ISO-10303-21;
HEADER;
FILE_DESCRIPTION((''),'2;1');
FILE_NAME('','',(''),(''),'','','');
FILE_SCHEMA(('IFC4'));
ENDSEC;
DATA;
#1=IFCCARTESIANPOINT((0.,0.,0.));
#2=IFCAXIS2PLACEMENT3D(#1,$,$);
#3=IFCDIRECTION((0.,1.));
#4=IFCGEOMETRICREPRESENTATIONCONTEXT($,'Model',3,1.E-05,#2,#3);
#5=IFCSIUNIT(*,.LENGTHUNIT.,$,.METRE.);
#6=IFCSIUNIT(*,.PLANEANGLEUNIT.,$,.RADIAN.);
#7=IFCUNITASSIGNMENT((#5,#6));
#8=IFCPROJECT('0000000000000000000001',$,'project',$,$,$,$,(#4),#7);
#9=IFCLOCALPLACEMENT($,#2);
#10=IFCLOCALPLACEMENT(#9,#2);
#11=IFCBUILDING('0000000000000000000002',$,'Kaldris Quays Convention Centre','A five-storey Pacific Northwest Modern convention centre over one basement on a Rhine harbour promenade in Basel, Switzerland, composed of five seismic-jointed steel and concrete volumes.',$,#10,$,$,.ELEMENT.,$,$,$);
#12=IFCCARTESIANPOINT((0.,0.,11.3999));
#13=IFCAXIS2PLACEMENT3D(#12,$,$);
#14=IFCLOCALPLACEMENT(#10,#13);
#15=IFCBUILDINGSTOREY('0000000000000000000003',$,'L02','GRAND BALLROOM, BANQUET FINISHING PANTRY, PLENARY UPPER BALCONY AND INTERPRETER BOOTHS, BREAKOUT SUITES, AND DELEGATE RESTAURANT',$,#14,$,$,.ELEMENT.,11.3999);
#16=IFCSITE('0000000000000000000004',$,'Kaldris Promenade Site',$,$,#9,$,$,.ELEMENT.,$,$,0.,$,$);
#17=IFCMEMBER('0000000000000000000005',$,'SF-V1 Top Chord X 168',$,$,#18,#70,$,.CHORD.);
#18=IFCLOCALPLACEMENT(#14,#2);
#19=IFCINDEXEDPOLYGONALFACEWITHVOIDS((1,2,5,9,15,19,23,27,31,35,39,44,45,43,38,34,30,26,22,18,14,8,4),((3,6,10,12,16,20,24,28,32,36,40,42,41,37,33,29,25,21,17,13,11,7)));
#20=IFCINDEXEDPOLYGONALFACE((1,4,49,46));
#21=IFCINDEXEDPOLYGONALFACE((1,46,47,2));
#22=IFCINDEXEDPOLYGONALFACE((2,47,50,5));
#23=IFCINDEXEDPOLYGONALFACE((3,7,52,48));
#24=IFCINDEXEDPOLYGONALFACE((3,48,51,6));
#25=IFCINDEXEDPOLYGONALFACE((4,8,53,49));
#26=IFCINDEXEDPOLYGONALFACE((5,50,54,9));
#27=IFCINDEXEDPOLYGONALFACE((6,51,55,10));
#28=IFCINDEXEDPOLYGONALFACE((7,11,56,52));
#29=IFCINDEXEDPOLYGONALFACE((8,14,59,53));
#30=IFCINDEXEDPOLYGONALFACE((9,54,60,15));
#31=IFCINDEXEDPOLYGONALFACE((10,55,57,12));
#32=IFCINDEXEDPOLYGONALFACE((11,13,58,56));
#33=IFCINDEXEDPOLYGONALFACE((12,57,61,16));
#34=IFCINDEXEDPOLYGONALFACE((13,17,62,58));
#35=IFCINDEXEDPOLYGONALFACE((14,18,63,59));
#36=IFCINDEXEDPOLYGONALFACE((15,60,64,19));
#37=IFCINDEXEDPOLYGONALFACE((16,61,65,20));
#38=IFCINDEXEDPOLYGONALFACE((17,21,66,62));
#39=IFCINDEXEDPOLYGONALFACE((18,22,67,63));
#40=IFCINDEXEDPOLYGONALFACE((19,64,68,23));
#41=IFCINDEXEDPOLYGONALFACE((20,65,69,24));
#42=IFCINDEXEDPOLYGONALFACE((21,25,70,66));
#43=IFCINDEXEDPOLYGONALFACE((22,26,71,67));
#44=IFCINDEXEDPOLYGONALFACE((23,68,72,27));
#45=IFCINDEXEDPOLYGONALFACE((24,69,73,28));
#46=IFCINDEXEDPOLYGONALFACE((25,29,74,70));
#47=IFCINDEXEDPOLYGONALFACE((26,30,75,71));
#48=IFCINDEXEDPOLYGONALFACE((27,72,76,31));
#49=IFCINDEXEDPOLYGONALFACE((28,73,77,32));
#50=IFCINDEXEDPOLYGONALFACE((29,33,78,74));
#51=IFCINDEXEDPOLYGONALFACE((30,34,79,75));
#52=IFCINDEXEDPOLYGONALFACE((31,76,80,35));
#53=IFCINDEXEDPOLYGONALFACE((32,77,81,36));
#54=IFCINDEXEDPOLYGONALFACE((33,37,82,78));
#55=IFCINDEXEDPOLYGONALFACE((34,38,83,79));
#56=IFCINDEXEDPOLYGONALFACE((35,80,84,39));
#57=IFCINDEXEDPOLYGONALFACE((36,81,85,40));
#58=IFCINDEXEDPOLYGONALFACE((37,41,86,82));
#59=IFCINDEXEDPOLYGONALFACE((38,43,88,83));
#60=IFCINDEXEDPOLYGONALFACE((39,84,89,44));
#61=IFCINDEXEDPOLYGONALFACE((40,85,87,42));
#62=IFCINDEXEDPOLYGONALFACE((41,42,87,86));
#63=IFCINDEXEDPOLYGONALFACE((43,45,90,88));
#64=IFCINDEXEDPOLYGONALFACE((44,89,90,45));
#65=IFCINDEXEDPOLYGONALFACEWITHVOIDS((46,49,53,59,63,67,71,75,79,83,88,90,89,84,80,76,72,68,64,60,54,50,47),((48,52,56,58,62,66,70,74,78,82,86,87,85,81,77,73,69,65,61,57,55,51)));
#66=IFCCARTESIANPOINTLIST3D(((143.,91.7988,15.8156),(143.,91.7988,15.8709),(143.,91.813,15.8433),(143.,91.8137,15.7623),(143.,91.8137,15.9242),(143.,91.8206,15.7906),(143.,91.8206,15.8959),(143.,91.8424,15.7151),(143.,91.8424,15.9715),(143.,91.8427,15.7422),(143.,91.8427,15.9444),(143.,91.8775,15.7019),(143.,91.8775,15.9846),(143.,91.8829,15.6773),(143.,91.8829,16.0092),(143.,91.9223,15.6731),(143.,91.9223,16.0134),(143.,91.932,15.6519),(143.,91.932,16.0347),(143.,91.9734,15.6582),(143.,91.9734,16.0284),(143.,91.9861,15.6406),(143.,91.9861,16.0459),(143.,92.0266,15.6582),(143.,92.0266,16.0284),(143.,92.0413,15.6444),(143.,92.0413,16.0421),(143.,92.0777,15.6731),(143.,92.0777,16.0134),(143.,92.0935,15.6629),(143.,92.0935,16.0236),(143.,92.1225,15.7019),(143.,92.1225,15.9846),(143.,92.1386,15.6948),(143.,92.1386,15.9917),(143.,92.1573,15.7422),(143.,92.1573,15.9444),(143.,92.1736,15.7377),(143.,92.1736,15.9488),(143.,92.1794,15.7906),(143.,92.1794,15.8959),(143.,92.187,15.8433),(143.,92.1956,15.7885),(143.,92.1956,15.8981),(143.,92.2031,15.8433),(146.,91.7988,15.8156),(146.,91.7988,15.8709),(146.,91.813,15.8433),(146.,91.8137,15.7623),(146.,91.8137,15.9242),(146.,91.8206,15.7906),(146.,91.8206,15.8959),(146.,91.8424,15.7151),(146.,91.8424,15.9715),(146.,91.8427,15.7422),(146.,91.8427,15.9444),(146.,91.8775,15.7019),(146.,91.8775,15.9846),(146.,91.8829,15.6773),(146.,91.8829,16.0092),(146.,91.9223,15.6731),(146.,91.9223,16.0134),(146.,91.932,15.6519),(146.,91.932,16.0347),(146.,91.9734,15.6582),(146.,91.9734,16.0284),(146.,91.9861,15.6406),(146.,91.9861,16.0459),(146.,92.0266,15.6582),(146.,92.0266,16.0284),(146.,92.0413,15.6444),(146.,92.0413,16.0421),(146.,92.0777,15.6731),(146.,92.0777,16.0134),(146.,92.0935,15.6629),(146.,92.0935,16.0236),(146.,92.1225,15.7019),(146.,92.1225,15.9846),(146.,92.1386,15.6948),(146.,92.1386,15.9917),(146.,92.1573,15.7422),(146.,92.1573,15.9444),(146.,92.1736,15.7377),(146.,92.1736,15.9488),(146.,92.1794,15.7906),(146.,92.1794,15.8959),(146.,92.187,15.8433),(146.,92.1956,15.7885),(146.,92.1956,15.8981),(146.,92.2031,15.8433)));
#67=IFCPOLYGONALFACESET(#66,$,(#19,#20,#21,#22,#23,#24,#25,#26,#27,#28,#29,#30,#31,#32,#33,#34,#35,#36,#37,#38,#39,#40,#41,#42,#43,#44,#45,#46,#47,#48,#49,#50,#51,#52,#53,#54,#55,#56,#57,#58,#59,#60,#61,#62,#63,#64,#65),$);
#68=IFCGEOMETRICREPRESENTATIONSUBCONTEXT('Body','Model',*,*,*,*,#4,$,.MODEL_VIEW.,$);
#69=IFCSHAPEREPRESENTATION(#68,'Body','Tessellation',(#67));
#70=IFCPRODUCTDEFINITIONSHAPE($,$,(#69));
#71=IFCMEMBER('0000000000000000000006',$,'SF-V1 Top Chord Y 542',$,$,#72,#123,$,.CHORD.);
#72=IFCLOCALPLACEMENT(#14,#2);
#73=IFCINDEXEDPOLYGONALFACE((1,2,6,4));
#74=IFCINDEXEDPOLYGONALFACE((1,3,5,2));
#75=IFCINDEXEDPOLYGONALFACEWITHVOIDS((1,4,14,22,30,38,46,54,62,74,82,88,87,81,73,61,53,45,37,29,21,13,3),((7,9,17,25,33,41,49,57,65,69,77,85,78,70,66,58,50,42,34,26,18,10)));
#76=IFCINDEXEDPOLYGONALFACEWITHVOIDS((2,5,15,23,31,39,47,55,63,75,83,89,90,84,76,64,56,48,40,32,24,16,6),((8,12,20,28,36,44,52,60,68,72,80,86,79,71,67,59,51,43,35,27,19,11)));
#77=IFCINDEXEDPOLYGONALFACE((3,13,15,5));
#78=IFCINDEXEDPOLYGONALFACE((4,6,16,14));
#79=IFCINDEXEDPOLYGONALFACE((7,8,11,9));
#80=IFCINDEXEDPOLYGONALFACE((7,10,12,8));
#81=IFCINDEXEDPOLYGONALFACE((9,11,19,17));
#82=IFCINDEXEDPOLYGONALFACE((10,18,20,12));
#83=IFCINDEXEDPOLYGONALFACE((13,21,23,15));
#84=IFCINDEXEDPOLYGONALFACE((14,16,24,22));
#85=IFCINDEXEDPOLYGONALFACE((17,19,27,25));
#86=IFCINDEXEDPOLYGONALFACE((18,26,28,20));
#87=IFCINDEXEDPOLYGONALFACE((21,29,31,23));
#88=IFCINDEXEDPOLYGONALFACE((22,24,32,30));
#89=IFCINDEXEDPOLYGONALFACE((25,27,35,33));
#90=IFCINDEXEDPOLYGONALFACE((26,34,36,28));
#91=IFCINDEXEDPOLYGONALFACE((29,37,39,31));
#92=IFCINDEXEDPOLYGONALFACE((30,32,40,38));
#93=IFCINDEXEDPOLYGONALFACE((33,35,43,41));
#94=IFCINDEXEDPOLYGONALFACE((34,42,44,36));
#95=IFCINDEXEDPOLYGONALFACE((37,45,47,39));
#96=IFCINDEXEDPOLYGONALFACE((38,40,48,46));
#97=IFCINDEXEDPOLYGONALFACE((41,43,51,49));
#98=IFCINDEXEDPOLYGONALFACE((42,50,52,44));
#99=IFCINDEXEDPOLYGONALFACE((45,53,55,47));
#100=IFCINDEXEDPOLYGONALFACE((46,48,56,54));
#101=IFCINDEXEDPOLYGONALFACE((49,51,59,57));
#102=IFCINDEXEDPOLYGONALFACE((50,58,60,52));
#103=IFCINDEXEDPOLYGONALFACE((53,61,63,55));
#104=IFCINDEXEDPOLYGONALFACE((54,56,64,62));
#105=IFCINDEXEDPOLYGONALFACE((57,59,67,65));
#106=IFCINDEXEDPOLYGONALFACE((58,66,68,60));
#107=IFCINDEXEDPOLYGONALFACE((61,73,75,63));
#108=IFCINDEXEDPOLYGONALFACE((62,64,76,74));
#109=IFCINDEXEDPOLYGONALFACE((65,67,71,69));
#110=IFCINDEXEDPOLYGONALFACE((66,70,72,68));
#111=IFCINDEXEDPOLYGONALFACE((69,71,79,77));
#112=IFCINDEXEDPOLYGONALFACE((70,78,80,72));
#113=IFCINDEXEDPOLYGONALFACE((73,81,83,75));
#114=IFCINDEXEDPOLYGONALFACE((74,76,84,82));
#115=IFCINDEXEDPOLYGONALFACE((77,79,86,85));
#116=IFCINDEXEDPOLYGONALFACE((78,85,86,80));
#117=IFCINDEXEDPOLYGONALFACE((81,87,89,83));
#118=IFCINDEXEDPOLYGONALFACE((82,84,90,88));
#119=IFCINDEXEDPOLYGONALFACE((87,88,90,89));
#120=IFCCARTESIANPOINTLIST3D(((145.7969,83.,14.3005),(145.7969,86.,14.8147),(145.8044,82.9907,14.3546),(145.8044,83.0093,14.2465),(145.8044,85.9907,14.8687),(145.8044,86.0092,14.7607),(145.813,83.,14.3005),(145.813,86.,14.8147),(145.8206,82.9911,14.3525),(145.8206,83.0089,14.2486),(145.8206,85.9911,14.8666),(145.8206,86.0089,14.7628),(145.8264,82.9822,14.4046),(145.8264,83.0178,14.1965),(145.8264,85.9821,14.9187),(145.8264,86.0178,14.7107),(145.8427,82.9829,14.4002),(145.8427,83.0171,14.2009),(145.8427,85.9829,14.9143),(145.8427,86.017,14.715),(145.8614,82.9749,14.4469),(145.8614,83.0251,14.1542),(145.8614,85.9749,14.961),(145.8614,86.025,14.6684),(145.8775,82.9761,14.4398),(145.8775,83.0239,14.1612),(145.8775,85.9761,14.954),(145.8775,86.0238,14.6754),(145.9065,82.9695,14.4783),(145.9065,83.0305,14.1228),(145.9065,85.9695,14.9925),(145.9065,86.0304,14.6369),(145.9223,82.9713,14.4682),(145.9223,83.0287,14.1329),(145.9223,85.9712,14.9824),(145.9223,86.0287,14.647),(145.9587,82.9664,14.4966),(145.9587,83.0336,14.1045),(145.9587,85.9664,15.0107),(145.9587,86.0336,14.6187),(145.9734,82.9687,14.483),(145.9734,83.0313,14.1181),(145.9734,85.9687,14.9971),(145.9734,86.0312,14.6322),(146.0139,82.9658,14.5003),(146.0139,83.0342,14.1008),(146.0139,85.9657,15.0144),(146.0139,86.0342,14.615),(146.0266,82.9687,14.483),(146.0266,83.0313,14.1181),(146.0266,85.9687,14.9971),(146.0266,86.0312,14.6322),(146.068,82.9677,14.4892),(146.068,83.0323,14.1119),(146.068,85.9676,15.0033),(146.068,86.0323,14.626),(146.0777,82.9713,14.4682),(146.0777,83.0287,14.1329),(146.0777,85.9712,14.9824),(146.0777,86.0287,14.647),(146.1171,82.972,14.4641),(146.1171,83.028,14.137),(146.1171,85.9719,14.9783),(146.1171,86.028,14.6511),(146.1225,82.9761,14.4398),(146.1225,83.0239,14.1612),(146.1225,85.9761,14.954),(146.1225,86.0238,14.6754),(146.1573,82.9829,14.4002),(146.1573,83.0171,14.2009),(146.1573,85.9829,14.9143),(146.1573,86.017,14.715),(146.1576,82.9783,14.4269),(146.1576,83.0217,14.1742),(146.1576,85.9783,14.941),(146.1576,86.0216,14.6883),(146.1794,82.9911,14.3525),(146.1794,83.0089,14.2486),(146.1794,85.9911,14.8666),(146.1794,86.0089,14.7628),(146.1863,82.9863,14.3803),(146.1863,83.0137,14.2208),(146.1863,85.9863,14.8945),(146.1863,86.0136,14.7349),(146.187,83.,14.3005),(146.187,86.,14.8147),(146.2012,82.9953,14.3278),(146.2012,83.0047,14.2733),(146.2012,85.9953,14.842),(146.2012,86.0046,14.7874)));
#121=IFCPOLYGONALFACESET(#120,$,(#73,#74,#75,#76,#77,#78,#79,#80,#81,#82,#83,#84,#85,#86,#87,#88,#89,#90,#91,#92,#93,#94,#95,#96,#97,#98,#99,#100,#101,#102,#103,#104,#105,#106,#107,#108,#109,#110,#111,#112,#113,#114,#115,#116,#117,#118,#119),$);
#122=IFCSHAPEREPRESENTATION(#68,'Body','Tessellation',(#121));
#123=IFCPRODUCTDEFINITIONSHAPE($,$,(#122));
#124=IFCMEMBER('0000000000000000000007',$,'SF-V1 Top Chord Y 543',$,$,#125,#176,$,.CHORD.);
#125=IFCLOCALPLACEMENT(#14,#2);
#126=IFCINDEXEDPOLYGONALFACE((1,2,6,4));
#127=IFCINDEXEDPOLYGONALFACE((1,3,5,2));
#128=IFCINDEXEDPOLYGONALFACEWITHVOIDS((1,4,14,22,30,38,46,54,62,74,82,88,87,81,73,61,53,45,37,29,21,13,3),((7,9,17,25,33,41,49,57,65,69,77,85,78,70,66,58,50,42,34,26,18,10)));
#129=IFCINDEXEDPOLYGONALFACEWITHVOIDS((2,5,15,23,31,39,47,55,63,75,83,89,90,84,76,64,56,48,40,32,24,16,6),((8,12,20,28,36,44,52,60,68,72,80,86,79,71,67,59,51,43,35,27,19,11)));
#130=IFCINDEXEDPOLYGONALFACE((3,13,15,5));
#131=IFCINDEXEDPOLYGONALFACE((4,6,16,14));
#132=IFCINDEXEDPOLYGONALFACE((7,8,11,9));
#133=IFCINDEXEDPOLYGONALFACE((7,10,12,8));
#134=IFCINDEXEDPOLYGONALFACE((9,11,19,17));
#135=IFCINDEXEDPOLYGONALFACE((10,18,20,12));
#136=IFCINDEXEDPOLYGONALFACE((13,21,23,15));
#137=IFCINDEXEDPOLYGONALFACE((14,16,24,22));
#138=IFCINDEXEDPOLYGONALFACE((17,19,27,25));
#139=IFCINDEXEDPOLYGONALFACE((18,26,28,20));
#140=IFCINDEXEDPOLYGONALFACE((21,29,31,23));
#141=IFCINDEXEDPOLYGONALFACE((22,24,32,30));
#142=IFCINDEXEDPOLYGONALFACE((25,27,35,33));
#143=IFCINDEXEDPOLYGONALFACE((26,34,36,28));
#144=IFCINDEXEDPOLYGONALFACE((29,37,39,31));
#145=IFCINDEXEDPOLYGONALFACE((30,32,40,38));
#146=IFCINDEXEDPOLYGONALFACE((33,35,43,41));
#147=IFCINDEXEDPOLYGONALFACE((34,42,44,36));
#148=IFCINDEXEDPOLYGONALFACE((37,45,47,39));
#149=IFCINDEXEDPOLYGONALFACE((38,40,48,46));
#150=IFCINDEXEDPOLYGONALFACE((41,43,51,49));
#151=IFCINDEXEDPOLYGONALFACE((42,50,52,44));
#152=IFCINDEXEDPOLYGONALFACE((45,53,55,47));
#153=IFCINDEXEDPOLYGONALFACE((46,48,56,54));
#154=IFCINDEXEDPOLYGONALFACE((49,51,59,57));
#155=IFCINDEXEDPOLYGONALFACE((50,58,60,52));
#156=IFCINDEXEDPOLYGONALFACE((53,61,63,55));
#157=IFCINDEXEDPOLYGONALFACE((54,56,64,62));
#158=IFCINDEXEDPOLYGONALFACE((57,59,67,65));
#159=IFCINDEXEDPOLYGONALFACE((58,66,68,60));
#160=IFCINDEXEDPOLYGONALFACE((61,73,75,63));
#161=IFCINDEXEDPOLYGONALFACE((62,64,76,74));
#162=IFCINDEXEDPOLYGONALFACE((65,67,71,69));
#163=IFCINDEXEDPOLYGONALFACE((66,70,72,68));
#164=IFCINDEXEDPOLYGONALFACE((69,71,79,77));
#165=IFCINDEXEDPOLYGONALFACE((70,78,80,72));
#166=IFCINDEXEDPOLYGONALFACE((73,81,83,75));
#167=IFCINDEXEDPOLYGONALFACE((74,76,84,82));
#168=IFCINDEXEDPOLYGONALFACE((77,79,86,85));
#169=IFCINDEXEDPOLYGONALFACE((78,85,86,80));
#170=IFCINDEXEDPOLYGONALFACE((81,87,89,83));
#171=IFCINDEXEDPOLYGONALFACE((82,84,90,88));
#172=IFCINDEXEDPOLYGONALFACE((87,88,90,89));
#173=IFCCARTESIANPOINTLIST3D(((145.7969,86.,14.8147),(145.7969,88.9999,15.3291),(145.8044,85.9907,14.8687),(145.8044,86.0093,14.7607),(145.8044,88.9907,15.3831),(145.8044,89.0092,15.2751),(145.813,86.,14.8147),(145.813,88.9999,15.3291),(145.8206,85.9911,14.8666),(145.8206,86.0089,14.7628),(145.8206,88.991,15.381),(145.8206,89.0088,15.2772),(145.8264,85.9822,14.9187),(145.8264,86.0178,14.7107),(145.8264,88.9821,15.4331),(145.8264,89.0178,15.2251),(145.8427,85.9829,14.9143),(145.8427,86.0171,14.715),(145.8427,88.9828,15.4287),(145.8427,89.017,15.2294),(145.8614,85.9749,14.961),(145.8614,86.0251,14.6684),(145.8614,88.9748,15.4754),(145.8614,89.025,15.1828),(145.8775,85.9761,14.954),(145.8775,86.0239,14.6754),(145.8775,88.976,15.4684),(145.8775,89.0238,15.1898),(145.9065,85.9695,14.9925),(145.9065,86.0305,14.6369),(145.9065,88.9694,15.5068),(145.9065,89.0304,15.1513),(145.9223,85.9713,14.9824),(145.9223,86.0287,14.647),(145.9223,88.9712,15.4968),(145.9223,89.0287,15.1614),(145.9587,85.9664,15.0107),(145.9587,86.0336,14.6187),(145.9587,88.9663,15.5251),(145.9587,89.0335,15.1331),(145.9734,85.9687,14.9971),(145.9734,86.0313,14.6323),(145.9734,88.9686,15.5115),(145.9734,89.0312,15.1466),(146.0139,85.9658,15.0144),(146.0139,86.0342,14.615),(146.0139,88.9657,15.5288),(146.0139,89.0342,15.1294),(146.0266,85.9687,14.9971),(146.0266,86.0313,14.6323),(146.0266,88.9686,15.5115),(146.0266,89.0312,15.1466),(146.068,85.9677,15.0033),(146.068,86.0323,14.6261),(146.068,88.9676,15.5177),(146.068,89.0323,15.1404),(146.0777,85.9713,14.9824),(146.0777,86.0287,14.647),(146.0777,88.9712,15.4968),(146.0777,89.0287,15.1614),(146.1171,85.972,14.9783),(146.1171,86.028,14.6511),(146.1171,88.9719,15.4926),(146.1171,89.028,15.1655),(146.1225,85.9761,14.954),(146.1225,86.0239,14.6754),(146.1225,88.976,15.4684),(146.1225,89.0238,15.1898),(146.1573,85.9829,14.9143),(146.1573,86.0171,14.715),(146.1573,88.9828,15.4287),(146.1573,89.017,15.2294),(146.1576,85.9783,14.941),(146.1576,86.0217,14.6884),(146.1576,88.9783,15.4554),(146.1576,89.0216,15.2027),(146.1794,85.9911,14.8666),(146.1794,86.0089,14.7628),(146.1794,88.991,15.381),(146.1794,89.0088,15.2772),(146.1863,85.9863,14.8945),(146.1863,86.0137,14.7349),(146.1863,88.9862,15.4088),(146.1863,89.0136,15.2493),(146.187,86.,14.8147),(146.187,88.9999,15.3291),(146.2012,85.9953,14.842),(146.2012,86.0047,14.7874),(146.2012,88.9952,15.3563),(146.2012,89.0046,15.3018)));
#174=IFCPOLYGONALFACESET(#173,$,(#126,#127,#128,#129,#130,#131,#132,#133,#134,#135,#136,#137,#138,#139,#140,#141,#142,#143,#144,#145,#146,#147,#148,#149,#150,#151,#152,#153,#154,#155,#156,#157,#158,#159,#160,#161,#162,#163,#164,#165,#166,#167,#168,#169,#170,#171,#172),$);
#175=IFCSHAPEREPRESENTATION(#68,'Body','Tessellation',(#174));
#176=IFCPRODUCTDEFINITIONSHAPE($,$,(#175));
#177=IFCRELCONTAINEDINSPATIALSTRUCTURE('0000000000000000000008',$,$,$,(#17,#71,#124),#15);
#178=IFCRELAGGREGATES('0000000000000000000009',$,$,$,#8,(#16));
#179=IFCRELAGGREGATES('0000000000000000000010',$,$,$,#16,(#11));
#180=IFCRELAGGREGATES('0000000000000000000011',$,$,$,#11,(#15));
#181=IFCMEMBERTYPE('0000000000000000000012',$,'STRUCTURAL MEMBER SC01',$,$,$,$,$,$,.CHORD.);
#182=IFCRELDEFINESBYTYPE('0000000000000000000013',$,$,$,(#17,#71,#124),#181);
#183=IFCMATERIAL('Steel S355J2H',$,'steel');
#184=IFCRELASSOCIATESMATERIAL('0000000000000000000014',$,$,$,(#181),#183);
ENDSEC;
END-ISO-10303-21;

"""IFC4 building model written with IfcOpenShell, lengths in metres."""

from ifc_helpers import new_model, si_unit, direction, frame, origin, origin_2d, place, context, subcontext, project, spatial, hollow_circle, extrude, material, material_profile, profile_set, type_object, element, save


model = new_model("IFC4")

# Units and contexts
model_context = context("Model", 3, precision=1e-05, world=origin(), true_north=direction((0.0, 1.0)))
body_context = subcontext(model_context, "Body", "Model", "MODEL_VIEW")
ifc_project = project(units=[si_unit("LENGTHUNIT", "METRE"), si_unit("PLANEANGLEUNIT", "RADIAN")], contexts=[model_context])

# Site, building, storey
site_placement = place(None, origin())
site = spatial("IfcSite", under=ifc_project, at=site_placement, Name="Kaldris Promenade Site", CompositionType="ELEMENT", RefElevation=0.0)
building_placement = place(site_placement, origin())
building = spatial("IfcBuilding", under=site, at=building_placement, Name="Kaldris Quays Convention Centre", Description="A five-storey Pacific Northwest Modern convention centre over one basement on a Rhine harbour promenade in Basel, Switzerland, composed of five seismic-jointed steel and concrete volumes.", CompositionType="ELEMENT")
storey_placement = place(building_placement, frame((0.0, 0.0, 11.3999)))
storey = spatial("IfcBuildingStorey", under=building, at=storey_placement, Name="L02", Description="GRAND BALLROOM, BANQUET FINISHING PANTRY, PLENARY UPPER BALCONY AND INTERPRETER BOOTHS, BREAKOUT SUITES, AND DELEGATE RESTAURANT", CompositionType="ELEMENT", Elevation=11.3999)

# Members
ifc_material_1 = material(Name="Steel S355J2H", Category="steel")
ifc_material_profile_1 = material_profile(ifc_material_1, hollow_circle(Radius=0.2031, WallThickness=0.0161, at=origin_2d()), Name="CHS 406.4x16")
ifc_profile_set_1 = profile_set([ifc_material_profile_1], Name="Steel S355J2H")
member_type_1 = type_object("IfcMemberType", Name="STRUCTURAL MEMBER SC01", PredefinedType="CHORD", material=ifc_profile_set_1)
for number, where, z_axis, x_axis, name in (
    (1, (143.0, 92.0, 15.8433), (1.0, 0.0, 0.0), (0.0, 1.0, 0.0), "SF-V1 Top Chord X 168"),
):
    element("IfcMember", number, at=place(storey_placement, frame(where, z_axis=z_axis, x_axis=x_axis)), inside=storey, type_object=member_type_1, Name=name, PredefinedType="CHORD", context=body_context, shape_type="SweptSolid", body=[
        extrude(hollow_circle(Radius=0.2031, WallThickness=0.0161, at=origin_2d()), origin(), (0.0, 0.0, 1.0), 3.0),
    ])
for number, where, z_axis, x_axis, name in (
    (2, (146.0, 83.0, 14.3005), (0.0, 0.985629, 0.168924), (-1.0, 0.0, 0.0), "SF-V1 Top Chord Y 542"),
    (3, (146.0, 86.0, 14.8147), (0.0, 0.985616, 0.169002), (-1.0, 0.0, 0.0), "SF-V1 Top Chord Y 543"),
):
    element("IfcMember", number, at=place(storey_placement, frame(where, z_axis=z_axis, x_axis=x_axis)), inside=storey, type_object=member_type_1, Name=name, PredefinedType="CHORD", context=body_context, shape_type="SweptSolid", body=[
        extrude(hollow_circle(Radius=0.2031, WallThickness=0.0161, at=origin_2d()), origin(), (0.0, 0.0, 1.0), 3.0437),
    ])

save(model, "model.ifc")
